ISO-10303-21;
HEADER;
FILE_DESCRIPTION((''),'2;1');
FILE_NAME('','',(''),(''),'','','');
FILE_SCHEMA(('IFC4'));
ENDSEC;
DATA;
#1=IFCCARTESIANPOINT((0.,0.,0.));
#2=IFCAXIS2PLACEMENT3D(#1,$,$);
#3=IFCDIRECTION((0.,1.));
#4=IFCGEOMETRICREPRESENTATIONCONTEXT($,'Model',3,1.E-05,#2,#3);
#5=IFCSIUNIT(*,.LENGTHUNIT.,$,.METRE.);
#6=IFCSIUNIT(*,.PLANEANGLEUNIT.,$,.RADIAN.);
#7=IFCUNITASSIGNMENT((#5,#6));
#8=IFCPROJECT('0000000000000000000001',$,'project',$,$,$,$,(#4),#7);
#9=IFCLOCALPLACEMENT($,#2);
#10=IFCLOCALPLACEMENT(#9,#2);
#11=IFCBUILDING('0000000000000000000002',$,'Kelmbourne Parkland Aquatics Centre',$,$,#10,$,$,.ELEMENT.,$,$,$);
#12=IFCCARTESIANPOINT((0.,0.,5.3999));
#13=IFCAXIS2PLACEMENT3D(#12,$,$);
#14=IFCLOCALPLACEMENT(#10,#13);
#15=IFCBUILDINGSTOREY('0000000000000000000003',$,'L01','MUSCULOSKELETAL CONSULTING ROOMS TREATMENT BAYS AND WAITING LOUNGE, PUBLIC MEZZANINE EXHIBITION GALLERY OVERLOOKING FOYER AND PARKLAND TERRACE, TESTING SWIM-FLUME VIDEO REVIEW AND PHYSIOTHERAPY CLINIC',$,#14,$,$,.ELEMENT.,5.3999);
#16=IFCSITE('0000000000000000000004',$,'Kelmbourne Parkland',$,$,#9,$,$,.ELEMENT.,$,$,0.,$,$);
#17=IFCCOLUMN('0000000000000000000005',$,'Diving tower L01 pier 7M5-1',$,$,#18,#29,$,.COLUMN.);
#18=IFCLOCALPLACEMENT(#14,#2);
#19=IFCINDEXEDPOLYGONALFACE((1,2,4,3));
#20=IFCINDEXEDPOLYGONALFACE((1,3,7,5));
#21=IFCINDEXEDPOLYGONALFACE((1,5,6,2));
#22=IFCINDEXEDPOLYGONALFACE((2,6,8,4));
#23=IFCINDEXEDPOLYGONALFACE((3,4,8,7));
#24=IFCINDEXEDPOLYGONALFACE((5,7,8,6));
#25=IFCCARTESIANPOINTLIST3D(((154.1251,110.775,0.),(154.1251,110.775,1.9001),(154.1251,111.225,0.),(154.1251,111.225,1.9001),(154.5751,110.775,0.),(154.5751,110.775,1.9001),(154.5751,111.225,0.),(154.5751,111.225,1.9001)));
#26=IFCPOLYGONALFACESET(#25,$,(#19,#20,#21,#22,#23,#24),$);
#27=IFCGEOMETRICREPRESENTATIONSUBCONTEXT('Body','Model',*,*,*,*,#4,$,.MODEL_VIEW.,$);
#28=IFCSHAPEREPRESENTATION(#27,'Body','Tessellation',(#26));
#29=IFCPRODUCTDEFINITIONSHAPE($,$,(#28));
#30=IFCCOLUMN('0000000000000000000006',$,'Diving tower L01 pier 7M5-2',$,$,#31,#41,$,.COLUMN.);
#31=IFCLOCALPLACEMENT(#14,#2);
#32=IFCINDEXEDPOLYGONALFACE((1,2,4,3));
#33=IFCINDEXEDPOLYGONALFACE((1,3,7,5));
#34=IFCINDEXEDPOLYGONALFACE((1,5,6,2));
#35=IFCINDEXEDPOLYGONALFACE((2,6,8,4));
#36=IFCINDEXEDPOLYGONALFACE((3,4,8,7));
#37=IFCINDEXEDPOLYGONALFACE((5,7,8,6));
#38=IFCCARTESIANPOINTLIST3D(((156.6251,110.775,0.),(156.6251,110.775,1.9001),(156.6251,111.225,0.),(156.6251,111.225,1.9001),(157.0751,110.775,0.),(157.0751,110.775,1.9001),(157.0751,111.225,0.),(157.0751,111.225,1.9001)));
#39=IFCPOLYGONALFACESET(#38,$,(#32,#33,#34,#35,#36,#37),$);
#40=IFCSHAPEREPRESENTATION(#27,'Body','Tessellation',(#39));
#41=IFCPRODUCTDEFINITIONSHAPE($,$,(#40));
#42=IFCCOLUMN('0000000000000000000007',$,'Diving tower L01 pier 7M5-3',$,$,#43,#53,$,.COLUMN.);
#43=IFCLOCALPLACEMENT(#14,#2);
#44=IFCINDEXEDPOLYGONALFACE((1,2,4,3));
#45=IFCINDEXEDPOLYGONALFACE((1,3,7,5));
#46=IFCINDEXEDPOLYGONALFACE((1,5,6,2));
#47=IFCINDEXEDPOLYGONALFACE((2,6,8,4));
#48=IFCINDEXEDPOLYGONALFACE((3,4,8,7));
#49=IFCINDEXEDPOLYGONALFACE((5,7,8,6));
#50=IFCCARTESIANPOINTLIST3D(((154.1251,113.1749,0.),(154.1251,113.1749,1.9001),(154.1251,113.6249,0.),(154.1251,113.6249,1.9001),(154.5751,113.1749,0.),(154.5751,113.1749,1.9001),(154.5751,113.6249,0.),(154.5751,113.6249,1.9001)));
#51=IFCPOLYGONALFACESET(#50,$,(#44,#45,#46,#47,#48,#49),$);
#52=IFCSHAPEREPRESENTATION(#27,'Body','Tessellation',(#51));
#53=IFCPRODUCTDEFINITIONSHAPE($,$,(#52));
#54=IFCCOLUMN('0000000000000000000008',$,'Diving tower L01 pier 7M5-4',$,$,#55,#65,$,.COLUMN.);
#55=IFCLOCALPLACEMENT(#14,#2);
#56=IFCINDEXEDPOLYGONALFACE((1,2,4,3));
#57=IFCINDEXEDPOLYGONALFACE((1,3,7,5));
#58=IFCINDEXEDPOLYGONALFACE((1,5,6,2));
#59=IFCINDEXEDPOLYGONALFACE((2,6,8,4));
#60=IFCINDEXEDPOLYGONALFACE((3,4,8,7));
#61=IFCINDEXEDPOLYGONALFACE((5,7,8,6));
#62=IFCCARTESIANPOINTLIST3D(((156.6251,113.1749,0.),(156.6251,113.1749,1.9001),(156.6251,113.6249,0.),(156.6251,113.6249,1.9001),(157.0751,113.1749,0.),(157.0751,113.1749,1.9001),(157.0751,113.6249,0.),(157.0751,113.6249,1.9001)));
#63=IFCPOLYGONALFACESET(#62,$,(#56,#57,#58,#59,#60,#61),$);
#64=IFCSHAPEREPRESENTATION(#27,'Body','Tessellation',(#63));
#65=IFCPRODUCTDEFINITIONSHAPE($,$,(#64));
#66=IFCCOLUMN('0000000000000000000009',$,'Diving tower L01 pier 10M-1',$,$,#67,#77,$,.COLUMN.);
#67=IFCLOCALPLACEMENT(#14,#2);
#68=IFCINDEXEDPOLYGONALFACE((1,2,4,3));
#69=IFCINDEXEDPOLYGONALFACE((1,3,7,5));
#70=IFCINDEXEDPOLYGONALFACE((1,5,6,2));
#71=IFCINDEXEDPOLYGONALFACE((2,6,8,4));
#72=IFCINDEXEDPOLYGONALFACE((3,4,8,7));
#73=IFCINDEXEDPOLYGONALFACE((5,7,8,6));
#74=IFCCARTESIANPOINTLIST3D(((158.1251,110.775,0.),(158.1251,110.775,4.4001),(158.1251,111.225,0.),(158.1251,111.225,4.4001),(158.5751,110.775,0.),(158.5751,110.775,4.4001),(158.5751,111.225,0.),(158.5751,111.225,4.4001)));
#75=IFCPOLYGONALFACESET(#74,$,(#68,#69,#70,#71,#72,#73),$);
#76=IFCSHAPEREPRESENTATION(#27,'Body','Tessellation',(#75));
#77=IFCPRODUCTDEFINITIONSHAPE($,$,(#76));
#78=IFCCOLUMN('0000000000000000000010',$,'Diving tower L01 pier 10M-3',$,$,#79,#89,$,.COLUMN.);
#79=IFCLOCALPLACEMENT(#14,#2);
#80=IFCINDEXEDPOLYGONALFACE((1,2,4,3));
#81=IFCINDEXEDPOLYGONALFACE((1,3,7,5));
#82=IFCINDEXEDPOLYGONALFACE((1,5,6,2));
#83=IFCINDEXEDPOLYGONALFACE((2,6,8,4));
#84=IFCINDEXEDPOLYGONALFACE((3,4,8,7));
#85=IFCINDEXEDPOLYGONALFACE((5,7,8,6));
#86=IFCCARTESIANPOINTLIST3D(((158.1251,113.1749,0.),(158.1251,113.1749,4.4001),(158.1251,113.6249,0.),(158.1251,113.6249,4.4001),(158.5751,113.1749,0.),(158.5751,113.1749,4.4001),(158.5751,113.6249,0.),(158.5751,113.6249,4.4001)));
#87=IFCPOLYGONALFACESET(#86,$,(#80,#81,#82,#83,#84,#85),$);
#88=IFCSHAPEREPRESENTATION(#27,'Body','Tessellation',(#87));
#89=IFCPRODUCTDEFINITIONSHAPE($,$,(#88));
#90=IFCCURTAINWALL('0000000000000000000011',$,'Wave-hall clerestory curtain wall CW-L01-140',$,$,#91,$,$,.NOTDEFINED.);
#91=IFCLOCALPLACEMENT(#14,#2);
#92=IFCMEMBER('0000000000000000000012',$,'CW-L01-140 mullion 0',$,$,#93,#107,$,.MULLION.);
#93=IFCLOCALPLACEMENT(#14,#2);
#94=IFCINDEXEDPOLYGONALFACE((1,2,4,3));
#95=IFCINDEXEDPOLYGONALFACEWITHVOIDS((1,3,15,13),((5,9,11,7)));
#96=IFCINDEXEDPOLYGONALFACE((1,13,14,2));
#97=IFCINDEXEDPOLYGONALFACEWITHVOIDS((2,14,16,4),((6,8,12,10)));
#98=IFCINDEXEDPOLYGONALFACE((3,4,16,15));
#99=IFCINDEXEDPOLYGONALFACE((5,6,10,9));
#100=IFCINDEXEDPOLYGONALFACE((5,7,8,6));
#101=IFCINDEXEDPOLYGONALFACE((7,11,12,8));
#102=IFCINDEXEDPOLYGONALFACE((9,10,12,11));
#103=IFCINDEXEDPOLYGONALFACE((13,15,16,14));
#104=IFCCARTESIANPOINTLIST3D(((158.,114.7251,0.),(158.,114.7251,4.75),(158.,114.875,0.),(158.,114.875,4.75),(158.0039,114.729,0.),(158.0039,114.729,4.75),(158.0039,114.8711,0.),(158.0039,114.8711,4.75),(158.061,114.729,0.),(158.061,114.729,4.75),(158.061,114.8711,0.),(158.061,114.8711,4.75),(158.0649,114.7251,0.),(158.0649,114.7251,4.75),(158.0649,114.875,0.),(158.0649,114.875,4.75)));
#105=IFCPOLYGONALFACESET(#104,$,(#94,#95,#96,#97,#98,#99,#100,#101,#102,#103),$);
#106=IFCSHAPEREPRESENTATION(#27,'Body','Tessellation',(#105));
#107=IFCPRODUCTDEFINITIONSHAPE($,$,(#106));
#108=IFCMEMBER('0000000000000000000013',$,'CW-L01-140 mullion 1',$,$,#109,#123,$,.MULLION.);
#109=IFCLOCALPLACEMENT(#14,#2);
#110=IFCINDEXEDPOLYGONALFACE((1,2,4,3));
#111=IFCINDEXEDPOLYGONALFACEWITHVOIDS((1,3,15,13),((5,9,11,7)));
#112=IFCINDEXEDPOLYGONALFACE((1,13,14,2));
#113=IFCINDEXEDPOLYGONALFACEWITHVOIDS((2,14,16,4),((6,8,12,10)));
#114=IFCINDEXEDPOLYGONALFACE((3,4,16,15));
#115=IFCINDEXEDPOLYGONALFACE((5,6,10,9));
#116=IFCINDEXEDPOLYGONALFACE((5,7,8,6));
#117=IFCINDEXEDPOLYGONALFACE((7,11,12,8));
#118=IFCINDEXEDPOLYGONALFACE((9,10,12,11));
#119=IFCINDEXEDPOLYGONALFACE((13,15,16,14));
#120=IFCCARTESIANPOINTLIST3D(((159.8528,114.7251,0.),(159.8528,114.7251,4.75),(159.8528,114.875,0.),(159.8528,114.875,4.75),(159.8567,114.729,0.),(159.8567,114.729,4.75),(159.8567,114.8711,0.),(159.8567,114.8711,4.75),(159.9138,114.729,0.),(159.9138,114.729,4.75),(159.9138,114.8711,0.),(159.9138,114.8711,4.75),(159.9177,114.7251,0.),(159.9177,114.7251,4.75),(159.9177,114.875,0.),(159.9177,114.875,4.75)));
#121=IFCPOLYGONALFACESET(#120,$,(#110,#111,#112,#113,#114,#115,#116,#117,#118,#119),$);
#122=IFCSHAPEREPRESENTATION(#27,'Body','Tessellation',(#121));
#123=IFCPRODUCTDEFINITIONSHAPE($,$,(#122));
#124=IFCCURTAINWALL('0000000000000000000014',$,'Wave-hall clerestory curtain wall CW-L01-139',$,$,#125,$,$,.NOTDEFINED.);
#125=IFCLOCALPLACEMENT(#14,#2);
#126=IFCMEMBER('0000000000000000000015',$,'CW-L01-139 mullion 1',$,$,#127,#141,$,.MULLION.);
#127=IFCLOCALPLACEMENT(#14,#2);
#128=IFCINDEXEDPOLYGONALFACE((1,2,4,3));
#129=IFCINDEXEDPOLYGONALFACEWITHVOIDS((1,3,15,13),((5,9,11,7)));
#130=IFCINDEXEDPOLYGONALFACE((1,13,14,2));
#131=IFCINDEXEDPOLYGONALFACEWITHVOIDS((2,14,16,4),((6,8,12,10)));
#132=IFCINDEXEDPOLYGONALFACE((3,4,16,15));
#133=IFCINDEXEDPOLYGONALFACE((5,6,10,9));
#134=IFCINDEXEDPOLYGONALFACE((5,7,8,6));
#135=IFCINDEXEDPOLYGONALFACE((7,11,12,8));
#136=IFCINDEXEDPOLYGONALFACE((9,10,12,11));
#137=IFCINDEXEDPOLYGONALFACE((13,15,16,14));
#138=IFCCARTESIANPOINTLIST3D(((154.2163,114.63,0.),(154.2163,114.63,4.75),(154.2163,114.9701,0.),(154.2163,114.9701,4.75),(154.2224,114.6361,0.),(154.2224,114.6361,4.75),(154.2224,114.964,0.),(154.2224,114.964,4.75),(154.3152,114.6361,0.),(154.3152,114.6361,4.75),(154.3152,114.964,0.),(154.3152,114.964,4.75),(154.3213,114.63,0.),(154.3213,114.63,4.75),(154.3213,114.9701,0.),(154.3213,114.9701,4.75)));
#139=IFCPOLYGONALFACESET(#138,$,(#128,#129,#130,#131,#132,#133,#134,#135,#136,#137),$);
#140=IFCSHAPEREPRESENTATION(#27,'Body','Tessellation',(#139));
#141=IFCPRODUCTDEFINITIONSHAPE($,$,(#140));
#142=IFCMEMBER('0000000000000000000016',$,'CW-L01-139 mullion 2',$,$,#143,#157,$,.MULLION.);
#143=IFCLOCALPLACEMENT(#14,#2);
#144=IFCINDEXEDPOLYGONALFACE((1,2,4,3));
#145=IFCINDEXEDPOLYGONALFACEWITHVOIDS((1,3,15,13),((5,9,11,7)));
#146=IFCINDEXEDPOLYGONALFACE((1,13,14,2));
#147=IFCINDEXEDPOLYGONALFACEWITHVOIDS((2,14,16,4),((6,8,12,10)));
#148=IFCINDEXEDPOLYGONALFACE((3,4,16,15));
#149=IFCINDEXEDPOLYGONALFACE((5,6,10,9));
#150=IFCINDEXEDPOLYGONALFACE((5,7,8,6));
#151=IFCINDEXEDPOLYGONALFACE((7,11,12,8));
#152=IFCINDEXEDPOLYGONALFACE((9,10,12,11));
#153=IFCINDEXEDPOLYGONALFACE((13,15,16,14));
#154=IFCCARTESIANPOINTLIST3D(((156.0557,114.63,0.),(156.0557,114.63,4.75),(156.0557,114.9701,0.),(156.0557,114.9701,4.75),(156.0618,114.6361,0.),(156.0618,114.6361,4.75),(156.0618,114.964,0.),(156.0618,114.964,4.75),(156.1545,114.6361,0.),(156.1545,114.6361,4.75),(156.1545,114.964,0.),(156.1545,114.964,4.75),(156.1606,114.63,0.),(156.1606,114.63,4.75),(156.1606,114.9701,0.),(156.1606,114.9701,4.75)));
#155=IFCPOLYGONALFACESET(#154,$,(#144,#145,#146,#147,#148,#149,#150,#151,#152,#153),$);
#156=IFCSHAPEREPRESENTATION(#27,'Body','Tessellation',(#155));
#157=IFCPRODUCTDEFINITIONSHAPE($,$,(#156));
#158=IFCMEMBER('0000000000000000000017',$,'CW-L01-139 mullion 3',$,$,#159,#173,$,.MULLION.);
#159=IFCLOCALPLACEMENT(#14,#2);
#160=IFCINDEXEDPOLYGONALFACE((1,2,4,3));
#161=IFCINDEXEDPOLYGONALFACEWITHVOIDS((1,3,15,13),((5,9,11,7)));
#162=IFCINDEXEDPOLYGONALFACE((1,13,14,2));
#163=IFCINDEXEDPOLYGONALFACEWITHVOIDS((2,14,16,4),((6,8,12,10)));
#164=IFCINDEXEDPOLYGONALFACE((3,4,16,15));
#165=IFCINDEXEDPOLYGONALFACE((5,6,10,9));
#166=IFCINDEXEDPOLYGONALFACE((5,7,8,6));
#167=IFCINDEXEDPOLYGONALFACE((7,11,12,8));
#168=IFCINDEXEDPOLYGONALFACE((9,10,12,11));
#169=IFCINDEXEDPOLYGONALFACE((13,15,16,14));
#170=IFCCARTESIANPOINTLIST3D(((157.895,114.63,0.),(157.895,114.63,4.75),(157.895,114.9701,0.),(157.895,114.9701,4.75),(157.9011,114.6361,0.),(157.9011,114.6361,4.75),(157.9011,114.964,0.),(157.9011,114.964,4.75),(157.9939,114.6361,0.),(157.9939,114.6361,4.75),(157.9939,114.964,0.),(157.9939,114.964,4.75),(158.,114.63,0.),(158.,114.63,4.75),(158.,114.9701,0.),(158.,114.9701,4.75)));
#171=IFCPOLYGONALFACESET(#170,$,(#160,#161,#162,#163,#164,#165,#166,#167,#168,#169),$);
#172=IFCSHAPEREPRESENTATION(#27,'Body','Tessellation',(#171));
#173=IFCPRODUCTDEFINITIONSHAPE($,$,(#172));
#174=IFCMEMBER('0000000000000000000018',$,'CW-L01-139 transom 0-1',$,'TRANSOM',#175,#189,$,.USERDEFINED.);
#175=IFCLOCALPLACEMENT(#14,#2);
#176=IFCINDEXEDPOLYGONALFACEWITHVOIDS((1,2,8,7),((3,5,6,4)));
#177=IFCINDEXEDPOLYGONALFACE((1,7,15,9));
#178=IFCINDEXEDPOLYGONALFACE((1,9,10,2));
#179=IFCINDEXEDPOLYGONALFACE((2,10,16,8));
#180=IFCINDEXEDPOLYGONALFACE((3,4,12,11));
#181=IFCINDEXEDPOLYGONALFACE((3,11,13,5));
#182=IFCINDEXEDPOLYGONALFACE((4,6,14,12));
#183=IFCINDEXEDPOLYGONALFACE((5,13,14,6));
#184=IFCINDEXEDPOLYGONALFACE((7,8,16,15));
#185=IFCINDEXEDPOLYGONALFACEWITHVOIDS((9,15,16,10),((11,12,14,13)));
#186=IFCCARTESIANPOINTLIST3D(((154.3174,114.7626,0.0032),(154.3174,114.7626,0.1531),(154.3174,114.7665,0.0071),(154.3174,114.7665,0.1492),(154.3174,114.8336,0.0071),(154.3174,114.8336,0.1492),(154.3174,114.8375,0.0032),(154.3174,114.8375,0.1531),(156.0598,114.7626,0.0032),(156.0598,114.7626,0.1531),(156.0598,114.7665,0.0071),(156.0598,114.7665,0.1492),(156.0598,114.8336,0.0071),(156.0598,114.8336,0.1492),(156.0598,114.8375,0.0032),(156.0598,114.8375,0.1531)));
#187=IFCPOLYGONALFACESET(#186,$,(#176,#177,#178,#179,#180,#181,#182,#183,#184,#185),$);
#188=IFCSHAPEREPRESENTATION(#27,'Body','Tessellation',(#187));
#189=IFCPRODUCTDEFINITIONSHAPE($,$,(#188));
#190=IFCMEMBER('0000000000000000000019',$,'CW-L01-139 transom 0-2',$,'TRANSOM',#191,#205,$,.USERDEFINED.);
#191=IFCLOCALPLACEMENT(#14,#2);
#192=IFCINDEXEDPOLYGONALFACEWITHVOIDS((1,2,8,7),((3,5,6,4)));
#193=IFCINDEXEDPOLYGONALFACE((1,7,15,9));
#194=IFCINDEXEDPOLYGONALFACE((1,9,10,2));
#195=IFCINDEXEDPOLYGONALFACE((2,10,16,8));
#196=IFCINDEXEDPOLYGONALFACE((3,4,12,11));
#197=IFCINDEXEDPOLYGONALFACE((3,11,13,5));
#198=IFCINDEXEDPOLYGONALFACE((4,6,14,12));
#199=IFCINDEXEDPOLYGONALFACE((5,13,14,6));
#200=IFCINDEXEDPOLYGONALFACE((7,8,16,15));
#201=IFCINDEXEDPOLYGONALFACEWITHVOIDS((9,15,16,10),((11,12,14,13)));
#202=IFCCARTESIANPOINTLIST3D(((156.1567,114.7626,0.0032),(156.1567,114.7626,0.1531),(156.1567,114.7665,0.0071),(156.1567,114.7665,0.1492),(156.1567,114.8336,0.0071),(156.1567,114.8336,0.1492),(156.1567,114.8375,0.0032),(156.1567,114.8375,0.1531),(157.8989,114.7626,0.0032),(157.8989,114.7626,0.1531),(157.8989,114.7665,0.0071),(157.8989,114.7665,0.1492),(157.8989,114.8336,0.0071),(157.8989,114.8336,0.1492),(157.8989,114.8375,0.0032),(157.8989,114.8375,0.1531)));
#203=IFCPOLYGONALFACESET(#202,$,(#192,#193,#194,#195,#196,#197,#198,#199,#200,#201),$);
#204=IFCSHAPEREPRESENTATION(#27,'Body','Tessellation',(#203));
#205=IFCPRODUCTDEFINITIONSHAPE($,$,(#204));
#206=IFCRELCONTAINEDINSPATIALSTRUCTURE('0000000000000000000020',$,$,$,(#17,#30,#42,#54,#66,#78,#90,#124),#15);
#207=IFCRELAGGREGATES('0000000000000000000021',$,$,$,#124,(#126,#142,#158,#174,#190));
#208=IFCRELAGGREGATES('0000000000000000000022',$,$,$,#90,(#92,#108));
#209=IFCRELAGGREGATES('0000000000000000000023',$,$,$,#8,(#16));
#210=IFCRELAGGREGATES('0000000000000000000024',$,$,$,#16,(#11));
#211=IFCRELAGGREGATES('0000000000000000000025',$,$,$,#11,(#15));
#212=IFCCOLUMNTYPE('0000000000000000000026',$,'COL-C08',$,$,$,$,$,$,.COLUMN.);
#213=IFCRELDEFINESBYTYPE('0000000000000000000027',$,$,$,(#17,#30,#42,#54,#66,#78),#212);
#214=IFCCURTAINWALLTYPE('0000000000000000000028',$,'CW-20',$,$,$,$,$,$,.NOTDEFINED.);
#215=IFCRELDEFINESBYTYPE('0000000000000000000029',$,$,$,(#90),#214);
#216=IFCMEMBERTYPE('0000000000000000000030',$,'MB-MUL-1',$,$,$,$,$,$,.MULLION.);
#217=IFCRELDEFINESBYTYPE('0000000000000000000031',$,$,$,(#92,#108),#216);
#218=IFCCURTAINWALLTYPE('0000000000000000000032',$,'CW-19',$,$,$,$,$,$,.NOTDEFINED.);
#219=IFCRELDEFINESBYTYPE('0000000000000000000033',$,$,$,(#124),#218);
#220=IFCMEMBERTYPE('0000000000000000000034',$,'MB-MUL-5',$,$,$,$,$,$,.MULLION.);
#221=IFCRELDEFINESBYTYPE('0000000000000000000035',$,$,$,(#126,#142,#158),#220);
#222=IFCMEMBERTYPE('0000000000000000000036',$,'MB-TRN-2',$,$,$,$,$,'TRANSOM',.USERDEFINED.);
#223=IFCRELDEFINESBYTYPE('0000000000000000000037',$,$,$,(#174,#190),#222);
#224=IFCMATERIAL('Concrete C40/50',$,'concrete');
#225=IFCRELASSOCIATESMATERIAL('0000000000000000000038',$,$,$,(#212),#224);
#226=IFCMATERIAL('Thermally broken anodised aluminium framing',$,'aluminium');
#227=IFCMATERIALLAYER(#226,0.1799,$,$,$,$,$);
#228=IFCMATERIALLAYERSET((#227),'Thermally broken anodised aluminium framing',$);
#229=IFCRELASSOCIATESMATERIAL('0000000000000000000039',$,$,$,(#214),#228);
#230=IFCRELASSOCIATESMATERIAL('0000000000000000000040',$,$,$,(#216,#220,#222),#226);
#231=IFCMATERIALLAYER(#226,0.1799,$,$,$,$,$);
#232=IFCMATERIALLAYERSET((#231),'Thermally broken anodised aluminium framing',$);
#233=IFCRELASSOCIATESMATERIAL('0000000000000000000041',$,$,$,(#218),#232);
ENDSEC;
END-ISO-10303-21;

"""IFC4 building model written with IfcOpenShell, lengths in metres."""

from ifc_helpers import new_model, si_unit, direction, frame, origin, origin_2d, place, context, subcontext, project, spatial, rectangle, hollow_rectangle, extrude, material, layer, layer_set, material_profile, profile_set, type_object, element, aggregate, save


model = new_model("IFC4")

# Units and contexts
model_context = context("Model", 3, precision=1e-05, world=origin(), true_north=direction((0.0, 1.0)))
body_context = subcontext(model_context, "Body", "Model", "MODEL_VIEW")
ifc_project = project(units=[si_unit("LENGTHUNIT", "METRE"), si_unit("PLANEANGLEUNIT", "RADIAN")], contexts=[model_context])

# Site, building, storey
site_placement = place(None, origin())
site = spatial("IfcSite", under=ifc_project, at=site_placement, Name="Kelmbourne Parkland", CompositionType="ELEMENT", RefElevation=0.0)
building_placement = place(site_placement, origin())
building = spatial("IfcBuilding", under=site, at=building_placement, Name="Kelmbourne Parkland Aquatics Centre", CompositionType="ELEMENT")
storey_placement = place(building_placement, frame((0.0, 0.0, 5.3999)))
storey = spatial("IfcBuildingStorey", under=building, at=storey_placement, Name="L01", Description="MUSCULOSKELETAL CONSULTING ROOMS TREATMENT BAYS AND WAITING LOUNGE, PUBLIC MEZZANINE EXHIBITION GALLERY OVERLOOKING FOYER AND PARKLAND TERRACE, TESTING SWIM-FLUME VIDEO REVIEW AND PHYSIOTHERAPY CLINIC", CompositionType="ELEMENT", Elevation=5.3999)

# Columns
ifc_material_1 = material(Name="Concrete C40/50", Category="concrete")
ifc_material_profile_1 = material_profile(ifc_material_1, rectangle(XDim=0.45, YDim=0.45, at=origin_2d()), Name="RC 450x450")
ifc_profile_set_1 = profile_set([ifc_material_profile_1], Name="Concrete C40/50")
column_type = type_object("IfcColumnType", Name="COL-C08", PredefinedType="COLUMN", material=ifc_profile_set_1)
for number, where, z_axis, x_axis, name in (
    (1, (154.3501, 111.0, 0.0), (0.0, 0.0, 1.0), (1.0, 0.0, 0.0), "Diving tower L01 pier 7M5-1"),
    (2, (156.8501, 111.0, 0.0), (0.0, 0.0, 1.0), (1.0, 0.0, 0.0), "Diving tower L01 pier 7M5-2"),
    (3, (154.3501, 113.3999, 0.0), (0.0, 0.0, 1.0), (1.0, 0.0, 0.0), "Diving tower L01 pier 7M5-3"),
    (4, (156.8501, 113.3999, 0.0), (0.0, 0.0, 1.0), (1.0, 0.0, 0.0), "Diving tower L01 pier 7M5-4"),
):
    element("IfcColumn", number, at=place(storey_placement, frame(where, z_axis=z_axis, x_axis=x_axis)), inside=storey, type_object=column_type, Name=name, PredefinedType="COLUMN", context=body_context, shape_type="SweptSolid", body=[
        extrude(rectangle(XDim=0.45, YDim=0.45, at=origin_2d()), origin(), (0.0, 0.0, 1.0), 1.9001),
    ])
for number, where, z_axis, x_axis, name in (
    (5, (158.3501, 111.0, 0.0), (0.0, 0.0, 1.0), (1.0, 0.0, 0.0), "Diving tower L01 pier 10M-1"),
    (6, (158.3501, 113.3999, 0.0), (0.0, 0.0, 1.0), (1.0, 0.0, 0.0), "Diving tower L01 pier 10M-3"),
):
    element("IfcColumn", number, at=place(storey_placement, frame(where, z_axis=z_axis, x_axis=x_axis)), inside=storey, type_object=column_type, Name=name, PredefinedType="COLUMN", context=body_context, shape_type="SweptSolid", body=[
        extrude(rectangle(XDim=0.45, YDim=0.45, at=origin_2d()), origin(), (0.0, 0.0, 1.0), 4.4001),
    ])

# Curtain walls, members
ifc_material_2 = material(Name="Thermally broken anodised aluminium framing", Category="aluminium")
ifc_layer_1 = layer(ifc_material_2, 0.1799)
ifc_layer_set_1 = layer_set([ifc_layer_1], Name="Thermally broken anodised aluminium framing")
curtain_wall_type_1 = type_object("IfcCurtainWallType", Name="CW-20", PredefinedType="NOTDEFINED", material=ifc_layer_set_1)
curtain_wall_1_placement = place(storey_placement, origin())
curtain_wall_1 = element("IfcCurtainWall", 7, at=curtain_wall_1_placement, inside=storey, type_object=curtain_wall_type_1, Name="Wave-hall clerestory curtain wall CW-L01-140", PredefinedType="NOTDEFINED")
ifc_material_profile_2 = material_profile(ifc_material_2, hollow_rectangle(XDim=0.0649, YDim=0.1499, WallThickness=0.0039, at=origin_2d()), Name="CW-M 65x150")
ifc_profile_set_2 = profile_set([ifc_material_profile_2], Name="Thermally broken anodised aluminium framing")
member_type_1 = type_object("IfcMemberType", Name="MB-MUL-1", PredefinedType="MULLION", material=ifc_profile_set_2)
member_1_placement = place(storey_placement, frame((158.0325, 114.8, 0.0), z_axis=(0.0, 0.0, 1.0), x_axis=(1.0, 0.0, 0.0)))
member_1 = element("IfcMember", 8, at=member_1_placement, type_object=member_type_1, Name="CW-L01-140 mullion 0", PredefinedType="MULLION", context=body_context, shape_type="SweptSolid", body=[
    extrude(hollow_rectangle(XDim=0.0649, YDim=0.1499, WallThickness=0.0039, at=origin_2d()), origin(), (0.0, 0.0, 1.0), 4.75),
])
member_2_placement = place(storey_placement, frame((159.8853, 114.8, 0.0), z_axis=(0.0, 0.0, 1.0), x_axis=(1.0, 0.0, 0.0)))
member_2 = element("IfcMember", 9, at=member_2_placement, type_object=member_type_1, Name="CW-L01-140 mullion 1", PredefinedType="MULLION", context=body_context, shape_type="SweptSolid", body=[
    extrude(hollow_rectangle(XDim=0.0649, YDim=0.1499, WallThickness=0.0039, at=origin_2d()), origin(), (0.0, 0.0, 1.0), 4.75),
])
ifc_layer_2 = layer(ifc_material_2, 0.1799)
ifc_layer_set_2 = layer_set([ifc_layer_2], Name="Thermally broken anodised aluminium framing")
curtain_wall_type_2 = type_object("IfcCurtainWallType", Name="CW-19", PredefinedType="NOTDEFINED", material=ifc_layer_set_2)
curtain_wall_2_placement = place(storey_placement, origin())
curtain_wall_2 = element("IfcCurtainWall", 10, at=curtain_wall_2_placement, inside=storey, type_object=curtain_wall_type_2, Name="Wave-hall clerestory curtain wall CW-L01-139", PredefinedType="NOTDEFINED")
ifc_material_profile_3 = material_profile(ifc_material_2, hollow_rectangle(XDim=0.105, YDim=0.3401, WallThickness=0.0061, at=origin_2d()), Name="CW-M 105x340")
ifc_profile_set_3 = profile_set([ifc_material_profile_3], Name="Thermally broken anodised aluminium framing")
member_type_2 = type_object("IfcMemberType", Name="MB-MUL-5", PredefinedType="MULLION", material=ifc_profile_set_3)
member_3_placement = place(storey_placement, frame((154.2688, 114.8, 0.0), z_axis=(0.0, 0.0, 1.0), x_axis=(1.0, 0.0, 0.0)))
member_3 = element("IfcMember", 11, at=member_3_placement, type_object=member_type_2, Name="CW-L01-139 mullion 1", PredefinedType="MULLION", context=body_context, shape_type="SweptSolid", body=[
    extrude(hollow_rectangle(XDim=0.105, YDim=0.3401, WallThickness=0.0061, at=origin_2d()), origin(), (0.0, 0.0, 1.0), 4.75),
])
member_4_placement = place(storey_placement, frame((156.1082, 114.8, 0.0), z_axis=(0.0, 0.0, 1.0), x_axis=(1.0, 0.0, 0.0)))
member_4 = element("IfcMember", 12, at=member_4_placement, type_object=member_type_2, Name="CW-L01-139 mullion 2", PredefinedType="MULLION", context=body_context, shape_type="SweptSolid", body=[
    extrude(hollow_rectangle(XDim=0.105, YDim=0.3401, WallThickness=0.0061, at=origin_2d()), origin(), (0.0, 0.0, 1.0), 4.75),
])
member_5_placement = place(storey_placement, frame((157.9475, 114.8, 0.0), z_axis=(0.0, 0.0, 1.0), x_axis=(1.0, 0.0, 0.0)))
member_5 = element("IfcMember", 13, at=member_5_placement, type_object=member_type_2, Name="CW-L01-139 mullion 3", PredefinedType="MULLION", context=body_context, shape_type="SweptSolid", body=[
    extrude(hollow_rectangle(XDim=0.105, YDim=0.3401, WallThickness=0.0061, at=origin_2d()), origin(), (0.0, 0.0, 1.0), 4.75),
])
ifc_material_profile_4 = material_profile(ifc_material_2, hollow_rectangle(XDim=0.075, YDim=0.1499, WallThickness=0.0039, at=origin_2d()), Name="CW-T 75x150")
ifc_profile_set_4 = profile_set([ifc_material_profile_4], Name="Thermally broken anodised aluminium framing")
member_type_3 = type_object("IfcMemberType", Name="MB-TRN-2", ElementType="TRANSOM", PredefinedType="USERDEFINED", material=ifc_profile_set_4)
member_6_placement = place(storey_placement, frame((154.3174, 114.8, 0.0781), z_axis=(1.0, 0.0, 0.0), x_axis=(0.0, 1.0, 0.0)))
member_6 = element("IfcMember", 14, at=member_6_placement, type_object=member_type_3, Name="CW-L01-139 transom 0-1", ObjectType="TRANSOM", PredefinedType="USERDEFINED", context=body_context, shape_type="SweptSolid", body=[
    extrude(hollow_rectangle(XDim=0.075, YDim=0.1499, WallThickness=0.0039, at=origin_2d()), origin(), (0.0, 0.0, 1.0), 1.7424),
])
member_7_placement = place(storey_placement, frame((156.1567, 114.8, 0.0781), z_axis=(1.0, 0.0, 0.0), x_axis=(0.0, 1.0, 0.0)))
member_7 = element("IfcMember", 15, at=member_7_placement, type_object=member_type_3, Name="CW-L01-139 transom 0-2", ObjectType="TRANSOM", PredefinedType="USERDEFINED", context=body_context, shape_type="SweptSolid", body=[
    extrude(hollow_rectangle(XDim=0.075, YDim=0.1499, WallThickness=0.0039, at=origin_2d()), origin(), (0.0, 0.0, 1.0), 1.7422),
])

aggregate(curtain_wall_2, [member_3, member_4, member_5, member_6, member_7])
aggregate(curtain_wall_1, [member_1, member_2])

save(model, "model.ifc")
